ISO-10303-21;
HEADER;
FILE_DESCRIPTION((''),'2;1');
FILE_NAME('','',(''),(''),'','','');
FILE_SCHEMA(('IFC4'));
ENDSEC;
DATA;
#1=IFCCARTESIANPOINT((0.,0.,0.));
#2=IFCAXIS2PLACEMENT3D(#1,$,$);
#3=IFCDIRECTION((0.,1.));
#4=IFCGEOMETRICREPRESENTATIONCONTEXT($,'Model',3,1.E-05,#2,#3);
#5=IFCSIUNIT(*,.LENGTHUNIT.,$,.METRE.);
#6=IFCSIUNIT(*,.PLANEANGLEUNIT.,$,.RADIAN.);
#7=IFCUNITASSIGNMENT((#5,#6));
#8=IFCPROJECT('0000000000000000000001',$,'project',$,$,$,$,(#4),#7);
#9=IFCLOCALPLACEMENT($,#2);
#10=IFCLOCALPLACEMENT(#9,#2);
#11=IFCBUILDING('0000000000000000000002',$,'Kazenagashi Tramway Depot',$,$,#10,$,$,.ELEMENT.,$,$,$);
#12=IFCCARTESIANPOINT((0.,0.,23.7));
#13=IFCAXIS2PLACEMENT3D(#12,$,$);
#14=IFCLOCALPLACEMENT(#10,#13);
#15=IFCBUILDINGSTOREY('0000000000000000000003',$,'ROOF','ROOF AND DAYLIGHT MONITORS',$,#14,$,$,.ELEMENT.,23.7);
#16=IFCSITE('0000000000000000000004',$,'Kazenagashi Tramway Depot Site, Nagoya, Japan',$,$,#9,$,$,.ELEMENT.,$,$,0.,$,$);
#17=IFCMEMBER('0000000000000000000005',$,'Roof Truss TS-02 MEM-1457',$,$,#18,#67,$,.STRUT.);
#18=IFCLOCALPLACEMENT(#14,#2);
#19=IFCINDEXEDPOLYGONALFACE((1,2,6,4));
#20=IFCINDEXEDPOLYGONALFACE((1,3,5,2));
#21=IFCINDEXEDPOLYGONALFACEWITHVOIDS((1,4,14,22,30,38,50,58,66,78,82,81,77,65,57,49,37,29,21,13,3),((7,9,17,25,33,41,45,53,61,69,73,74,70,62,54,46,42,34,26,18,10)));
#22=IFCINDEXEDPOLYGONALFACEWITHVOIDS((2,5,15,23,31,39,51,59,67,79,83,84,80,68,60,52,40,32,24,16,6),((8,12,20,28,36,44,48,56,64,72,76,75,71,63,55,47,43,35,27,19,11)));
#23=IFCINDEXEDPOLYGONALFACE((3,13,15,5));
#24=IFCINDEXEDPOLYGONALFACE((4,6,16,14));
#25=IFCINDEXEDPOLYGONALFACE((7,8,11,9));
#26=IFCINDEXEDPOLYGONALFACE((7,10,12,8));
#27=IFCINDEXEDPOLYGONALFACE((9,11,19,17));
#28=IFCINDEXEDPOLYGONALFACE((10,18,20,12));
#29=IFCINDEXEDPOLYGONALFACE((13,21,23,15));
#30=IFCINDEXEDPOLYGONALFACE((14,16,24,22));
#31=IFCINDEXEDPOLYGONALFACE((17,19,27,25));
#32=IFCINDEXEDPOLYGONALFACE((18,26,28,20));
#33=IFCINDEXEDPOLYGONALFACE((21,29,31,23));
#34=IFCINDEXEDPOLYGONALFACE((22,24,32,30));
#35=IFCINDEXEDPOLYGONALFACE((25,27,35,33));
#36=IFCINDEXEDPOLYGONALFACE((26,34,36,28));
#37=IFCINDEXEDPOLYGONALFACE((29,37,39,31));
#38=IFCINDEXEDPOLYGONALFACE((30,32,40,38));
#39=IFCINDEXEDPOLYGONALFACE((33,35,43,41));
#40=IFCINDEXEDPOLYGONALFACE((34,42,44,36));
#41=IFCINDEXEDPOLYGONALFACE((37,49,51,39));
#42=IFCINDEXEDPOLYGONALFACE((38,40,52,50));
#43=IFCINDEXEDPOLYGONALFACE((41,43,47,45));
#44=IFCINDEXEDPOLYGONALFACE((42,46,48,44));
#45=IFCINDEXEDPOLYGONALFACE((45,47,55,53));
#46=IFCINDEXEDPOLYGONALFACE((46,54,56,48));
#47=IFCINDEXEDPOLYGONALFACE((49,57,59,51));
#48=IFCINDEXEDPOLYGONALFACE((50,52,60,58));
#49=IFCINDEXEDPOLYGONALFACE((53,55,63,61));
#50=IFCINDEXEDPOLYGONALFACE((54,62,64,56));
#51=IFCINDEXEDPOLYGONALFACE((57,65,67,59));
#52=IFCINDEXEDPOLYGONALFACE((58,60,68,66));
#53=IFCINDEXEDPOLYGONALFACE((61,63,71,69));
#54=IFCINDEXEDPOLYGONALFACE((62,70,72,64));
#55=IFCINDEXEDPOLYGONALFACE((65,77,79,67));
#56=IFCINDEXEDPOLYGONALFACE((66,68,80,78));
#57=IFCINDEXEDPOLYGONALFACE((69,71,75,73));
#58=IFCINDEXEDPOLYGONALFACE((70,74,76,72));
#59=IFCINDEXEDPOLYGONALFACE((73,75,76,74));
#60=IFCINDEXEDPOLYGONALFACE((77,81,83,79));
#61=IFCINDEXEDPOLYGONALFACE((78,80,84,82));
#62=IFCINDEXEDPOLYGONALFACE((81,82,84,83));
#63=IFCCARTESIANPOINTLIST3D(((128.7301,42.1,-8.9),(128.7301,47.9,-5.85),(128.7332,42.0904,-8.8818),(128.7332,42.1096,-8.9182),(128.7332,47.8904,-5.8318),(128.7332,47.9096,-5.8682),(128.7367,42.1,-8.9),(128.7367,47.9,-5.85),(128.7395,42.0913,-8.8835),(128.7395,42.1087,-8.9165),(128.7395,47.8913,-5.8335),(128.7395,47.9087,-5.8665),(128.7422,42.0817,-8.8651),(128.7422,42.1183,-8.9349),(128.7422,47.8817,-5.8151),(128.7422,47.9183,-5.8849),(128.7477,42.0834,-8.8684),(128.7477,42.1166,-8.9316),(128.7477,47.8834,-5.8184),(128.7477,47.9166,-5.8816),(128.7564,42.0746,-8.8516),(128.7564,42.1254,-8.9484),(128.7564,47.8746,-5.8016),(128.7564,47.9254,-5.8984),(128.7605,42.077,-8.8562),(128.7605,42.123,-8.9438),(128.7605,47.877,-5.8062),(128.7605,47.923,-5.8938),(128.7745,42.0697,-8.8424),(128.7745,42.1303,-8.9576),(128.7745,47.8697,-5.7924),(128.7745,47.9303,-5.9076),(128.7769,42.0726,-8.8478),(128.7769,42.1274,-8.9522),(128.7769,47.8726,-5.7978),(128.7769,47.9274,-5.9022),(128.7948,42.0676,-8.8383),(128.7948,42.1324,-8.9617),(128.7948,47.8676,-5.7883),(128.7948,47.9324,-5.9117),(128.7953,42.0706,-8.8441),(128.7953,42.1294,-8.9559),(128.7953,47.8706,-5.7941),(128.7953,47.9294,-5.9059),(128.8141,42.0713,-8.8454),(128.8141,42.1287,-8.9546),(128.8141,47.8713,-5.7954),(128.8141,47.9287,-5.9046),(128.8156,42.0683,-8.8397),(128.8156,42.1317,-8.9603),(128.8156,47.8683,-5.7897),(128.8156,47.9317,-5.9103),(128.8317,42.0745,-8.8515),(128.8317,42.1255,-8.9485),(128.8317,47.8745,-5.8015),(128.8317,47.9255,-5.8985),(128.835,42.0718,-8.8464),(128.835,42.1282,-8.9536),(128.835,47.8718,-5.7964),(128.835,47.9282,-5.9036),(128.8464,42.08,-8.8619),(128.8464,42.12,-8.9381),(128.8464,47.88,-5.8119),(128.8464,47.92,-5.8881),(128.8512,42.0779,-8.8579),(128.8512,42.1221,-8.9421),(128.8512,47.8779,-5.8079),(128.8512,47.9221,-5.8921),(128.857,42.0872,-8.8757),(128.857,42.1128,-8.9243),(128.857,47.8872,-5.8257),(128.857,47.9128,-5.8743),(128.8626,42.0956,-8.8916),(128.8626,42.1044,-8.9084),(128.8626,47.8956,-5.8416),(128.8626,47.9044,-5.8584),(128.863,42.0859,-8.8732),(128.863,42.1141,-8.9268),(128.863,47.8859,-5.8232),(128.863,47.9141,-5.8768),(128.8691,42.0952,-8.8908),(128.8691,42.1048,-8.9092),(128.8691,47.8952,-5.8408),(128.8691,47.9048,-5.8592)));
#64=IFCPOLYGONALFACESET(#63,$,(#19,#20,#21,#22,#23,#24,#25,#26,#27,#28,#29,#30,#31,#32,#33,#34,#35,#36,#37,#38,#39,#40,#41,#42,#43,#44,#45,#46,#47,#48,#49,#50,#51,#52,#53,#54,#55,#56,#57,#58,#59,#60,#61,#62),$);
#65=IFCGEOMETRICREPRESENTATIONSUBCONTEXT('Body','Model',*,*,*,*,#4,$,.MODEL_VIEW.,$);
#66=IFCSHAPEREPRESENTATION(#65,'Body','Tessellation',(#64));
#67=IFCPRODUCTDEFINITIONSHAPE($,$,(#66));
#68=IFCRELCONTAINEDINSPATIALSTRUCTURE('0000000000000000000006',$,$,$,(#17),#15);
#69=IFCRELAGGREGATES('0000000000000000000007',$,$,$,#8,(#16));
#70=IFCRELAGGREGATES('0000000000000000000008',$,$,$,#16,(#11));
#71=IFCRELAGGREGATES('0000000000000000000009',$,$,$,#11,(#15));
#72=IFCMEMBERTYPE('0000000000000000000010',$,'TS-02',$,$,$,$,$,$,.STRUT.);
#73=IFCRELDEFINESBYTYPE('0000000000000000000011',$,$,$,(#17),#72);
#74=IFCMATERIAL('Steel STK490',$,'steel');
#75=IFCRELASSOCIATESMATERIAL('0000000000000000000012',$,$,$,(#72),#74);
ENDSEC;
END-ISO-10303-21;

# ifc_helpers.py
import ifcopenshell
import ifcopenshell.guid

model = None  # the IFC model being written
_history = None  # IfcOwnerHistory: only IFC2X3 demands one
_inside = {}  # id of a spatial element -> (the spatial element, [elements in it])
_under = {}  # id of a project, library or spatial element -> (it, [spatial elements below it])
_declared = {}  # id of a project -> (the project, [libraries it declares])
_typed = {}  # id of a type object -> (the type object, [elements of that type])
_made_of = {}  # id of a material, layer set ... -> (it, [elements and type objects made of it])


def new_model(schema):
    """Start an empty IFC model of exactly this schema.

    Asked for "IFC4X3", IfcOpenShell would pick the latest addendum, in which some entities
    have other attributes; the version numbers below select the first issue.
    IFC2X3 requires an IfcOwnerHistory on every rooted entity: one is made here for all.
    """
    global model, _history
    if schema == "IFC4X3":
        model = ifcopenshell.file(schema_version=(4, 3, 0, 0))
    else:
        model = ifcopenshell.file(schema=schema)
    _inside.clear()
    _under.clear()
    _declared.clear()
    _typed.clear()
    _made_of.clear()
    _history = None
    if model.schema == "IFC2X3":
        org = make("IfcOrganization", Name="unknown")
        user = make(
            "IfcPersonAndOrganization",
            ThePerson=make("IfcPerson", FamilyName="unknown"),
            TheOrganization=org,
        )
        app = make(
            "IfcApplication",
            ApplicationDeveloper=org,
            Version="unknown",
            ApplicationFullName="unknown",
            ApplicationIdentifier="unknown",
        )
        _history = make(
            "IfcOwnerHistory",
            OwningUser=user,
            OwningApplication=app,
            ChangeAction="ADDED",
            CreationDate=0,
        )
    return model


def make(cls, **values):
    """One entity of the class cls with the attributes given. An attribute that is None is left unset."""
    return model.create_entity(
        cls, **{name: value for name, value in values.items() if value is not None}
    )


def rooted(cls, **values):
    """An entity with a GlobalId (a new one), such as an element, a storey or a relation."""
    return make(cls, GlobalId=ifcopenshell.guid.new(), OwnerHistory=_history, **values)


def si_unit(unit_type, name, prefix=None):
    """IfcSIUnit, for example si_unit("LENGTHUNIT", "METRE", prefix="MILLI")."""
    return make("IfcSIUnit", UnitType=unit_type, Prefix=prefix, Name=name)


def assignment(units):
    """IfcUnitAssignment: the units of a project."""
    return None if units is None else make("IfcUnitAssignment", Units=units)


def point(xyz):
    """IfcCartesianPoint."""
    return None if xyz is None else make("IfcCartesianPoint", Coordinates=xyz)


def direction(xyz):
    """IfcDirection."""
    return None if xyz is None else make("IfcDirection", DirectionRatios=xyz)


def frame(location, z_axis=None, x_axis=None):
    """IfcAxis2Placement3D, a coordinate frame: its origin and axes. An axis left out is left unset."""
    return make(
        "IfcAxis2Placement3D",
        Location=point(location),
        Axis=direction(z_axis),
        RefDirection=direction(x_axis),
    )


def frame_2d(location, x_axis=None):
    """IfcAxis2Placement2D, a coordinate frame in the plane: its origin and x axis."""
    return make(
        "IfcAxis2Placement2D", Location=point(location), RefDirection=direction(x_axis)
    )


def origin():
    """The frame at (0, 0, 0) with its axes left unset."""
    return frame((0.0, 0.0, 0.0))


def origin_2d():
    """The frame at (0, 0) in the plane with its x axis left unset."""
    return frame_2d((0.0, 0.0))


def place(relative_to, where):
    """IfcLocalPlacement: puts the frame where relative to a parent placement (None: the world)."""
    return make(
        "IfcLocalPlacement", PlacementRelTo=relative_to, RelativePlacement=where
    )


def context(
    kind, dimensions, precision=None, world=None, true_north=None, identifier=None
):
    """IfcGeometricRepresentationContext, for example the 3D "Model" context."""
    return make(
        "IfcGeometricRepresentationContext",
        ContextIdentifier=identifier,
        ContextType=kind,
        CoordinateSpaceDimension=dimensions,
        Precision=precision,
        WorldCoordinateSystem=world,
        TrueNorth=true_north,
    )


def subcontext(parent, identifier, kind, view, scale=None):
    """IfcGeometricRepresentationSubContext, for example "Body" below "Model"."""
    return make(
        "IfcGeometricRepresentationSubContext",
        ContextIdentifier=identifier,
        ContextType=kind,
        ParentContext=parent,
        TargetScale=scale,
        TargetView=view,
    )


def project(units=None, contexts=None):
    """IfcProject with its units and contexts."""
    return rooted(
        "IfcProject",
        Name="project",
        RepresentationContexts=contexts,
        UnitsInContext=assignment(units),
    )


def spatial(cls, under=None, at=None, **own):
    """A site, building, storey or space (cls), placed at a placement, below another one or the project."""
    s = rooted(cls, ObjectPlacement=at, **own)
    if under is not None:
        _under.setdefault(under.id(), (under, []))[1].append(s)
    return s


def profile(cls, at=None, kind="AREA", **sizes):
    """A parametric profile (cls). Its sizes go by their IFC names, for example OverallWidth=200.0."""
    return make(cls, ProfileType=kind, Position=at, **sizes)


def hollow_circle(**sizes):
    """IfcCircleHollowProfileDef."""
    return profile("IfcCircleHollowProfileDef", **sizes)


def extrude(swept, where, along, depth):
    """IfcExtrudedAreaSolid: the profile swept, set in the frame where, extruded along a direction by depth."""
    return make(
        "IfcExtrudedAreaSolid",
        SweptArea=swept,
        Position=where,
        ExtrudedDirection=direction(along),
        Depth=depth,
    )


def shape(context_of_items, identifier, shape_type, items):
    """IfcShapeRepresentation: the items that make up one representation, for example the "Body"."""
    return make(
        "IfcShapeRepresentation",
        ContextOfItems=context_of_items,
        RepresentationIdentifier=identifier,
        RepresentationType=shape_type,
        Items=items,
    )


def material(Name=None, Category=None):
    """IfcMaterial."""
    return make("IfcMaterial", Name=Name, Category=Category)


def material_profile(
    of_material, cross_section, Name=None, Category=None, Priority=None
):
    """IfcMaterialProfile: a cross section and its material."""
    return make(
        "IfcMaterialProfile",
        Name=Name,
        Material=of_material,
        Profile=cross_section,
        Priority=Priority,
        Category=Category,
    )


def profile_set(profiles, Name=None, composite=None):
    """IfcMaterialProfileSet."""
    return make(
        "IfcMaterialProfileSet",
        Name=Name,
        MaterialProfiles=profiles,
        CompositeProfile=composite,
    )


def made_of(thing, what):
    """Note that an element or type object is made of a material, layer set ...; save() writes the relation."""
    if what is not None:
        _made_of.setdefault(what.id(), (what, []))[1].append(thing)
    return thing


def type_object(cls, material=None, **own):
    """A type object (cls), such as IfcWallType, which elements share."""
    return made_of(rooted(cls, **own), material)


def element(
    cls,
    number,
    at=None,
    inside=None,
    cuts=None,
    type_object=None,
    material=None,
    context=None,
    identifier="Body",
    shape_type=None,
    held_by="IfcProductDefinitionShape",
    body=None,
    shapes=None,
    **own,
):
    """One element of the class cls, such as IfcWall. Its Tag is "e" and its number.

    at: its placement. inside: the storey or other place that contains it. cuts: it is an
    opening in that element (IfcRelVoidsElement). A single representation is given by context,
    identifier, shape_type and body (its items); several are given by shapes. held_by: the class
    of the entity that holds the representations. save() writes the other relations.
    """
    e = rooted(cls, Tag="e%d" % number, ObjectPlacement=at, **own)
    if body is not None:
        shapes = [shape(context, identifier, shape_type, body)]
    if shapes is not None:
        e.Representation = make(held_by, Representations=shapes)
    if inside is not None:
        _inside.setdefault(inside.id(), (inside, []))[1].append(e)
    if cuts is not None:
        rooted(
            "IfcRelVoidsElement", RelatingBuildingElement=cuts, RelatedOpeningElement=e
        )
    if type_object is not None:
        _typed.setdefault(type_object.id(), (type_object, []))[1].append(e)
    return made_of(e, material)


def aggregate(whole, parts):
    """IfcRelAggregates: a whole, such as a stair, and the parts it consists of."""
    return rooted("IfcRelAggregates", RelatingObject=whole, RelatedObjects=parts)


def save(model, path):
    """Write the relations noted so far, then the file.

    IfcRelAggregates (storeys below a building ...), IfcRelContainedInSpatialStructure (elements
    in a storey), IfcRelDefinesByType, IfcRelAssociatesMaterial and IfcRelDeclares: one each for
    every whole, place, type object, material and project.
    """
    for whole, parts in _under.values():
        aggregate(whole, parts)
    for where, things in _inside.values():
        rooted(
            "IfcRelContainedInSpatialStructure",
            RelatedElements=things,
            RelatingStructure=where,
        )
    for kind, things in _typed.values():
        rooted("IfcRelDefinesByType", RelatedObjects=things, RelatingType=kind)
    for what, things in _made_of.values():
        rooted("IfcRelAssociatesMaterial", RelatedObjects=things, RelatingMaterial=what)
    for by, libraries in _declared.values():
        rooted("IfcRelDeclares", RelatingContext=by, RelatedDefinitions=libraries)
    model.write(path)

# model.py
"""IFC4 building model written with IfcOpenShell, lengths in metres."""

from ifc_helpers import new_model, si_unit, direction, frame, origin, origin_2d, place, context, subcontext, project, spatial, hollow_circle, extrude, material, material_profile, profile_set, type_object, element, save


model = new_model("IFC4")

# Units and contexts
model_context = context("Model", 3, precision=1e-05, world=origin(), true_north=direction((0.0, 1.0)))
body_context = subcontext(model_context, "Body", "Model", "MODEL_VIEW")
ifc_project = project(units=[si_unit("LENGTHUNIT", "METRE"), si_unit("PLANEANGLEUNIT", "RADIAN")], contexts=[model_context])

# Site, building, storey
site_placement = place(None, origin())
site = spatial("IfcSite", under=ifc_project, at=site_placement, Name="Kazenagashi Tramway Depot Site, Nagoya, Japan", CompositionType="ELEMENT", RefElevation=0.0)
building_placement = place(site_placement, origin())
building = spatial("IfcBuilding", under=site, at=building_placement, Name="Kazenagashi Tramway Depot", CompositionType="ELEMENT")
storey_placement = place(building_placement, frame((0.0, 0.0, 23.7)))
storey = spatial("IfcBuildingStorey", under=building, at=storey_placement, Name="ROOF", Description="ROOF AND DAYLIGHT MONITORS", CompositionType="ELEMENT", Elevation=23.7)

# Member
ifc_material_1 = material(Name="Steel STK490", Category="steel")
ifc_material_profile_1 = material_profile(ifc_material_1, hollow_circle(Radius=0.0699, WallThickness=0.0066, at=origin_2d()), Name="CHS-139.8x6.6")
ifc_profile_set_1 = profile_set([ifc_material_profile_1], Name="Steel STK490")
member_type_1 = type_object("IfcMemberType", Name="TS-02", PredefinedType="STRUT", material=ifc_profile_set_1)
member_1_placement = place(storey_placement, frame((128.8, 42.1, -8.9), z_axis=(0.0, 0.885084, 0.465432), x_axis=(-1.0, 0.0, 0.0)))
element("IfcMember", 1, at=member_1_placement, inside=storey, type_object=member_type_1, Name="Roof Truss TS-02 MEM-1457", PredefinedType="STRUT", context=body_context, shape_type="SweptSolid", body=[
    extrude(hollow_circle(Radius=0.0699, WallThickness=0.0066, at=origin_2d()), origin(), (0.0, 0.0, 1.0), 6.5531),
])

save(model, "model.ifc")
